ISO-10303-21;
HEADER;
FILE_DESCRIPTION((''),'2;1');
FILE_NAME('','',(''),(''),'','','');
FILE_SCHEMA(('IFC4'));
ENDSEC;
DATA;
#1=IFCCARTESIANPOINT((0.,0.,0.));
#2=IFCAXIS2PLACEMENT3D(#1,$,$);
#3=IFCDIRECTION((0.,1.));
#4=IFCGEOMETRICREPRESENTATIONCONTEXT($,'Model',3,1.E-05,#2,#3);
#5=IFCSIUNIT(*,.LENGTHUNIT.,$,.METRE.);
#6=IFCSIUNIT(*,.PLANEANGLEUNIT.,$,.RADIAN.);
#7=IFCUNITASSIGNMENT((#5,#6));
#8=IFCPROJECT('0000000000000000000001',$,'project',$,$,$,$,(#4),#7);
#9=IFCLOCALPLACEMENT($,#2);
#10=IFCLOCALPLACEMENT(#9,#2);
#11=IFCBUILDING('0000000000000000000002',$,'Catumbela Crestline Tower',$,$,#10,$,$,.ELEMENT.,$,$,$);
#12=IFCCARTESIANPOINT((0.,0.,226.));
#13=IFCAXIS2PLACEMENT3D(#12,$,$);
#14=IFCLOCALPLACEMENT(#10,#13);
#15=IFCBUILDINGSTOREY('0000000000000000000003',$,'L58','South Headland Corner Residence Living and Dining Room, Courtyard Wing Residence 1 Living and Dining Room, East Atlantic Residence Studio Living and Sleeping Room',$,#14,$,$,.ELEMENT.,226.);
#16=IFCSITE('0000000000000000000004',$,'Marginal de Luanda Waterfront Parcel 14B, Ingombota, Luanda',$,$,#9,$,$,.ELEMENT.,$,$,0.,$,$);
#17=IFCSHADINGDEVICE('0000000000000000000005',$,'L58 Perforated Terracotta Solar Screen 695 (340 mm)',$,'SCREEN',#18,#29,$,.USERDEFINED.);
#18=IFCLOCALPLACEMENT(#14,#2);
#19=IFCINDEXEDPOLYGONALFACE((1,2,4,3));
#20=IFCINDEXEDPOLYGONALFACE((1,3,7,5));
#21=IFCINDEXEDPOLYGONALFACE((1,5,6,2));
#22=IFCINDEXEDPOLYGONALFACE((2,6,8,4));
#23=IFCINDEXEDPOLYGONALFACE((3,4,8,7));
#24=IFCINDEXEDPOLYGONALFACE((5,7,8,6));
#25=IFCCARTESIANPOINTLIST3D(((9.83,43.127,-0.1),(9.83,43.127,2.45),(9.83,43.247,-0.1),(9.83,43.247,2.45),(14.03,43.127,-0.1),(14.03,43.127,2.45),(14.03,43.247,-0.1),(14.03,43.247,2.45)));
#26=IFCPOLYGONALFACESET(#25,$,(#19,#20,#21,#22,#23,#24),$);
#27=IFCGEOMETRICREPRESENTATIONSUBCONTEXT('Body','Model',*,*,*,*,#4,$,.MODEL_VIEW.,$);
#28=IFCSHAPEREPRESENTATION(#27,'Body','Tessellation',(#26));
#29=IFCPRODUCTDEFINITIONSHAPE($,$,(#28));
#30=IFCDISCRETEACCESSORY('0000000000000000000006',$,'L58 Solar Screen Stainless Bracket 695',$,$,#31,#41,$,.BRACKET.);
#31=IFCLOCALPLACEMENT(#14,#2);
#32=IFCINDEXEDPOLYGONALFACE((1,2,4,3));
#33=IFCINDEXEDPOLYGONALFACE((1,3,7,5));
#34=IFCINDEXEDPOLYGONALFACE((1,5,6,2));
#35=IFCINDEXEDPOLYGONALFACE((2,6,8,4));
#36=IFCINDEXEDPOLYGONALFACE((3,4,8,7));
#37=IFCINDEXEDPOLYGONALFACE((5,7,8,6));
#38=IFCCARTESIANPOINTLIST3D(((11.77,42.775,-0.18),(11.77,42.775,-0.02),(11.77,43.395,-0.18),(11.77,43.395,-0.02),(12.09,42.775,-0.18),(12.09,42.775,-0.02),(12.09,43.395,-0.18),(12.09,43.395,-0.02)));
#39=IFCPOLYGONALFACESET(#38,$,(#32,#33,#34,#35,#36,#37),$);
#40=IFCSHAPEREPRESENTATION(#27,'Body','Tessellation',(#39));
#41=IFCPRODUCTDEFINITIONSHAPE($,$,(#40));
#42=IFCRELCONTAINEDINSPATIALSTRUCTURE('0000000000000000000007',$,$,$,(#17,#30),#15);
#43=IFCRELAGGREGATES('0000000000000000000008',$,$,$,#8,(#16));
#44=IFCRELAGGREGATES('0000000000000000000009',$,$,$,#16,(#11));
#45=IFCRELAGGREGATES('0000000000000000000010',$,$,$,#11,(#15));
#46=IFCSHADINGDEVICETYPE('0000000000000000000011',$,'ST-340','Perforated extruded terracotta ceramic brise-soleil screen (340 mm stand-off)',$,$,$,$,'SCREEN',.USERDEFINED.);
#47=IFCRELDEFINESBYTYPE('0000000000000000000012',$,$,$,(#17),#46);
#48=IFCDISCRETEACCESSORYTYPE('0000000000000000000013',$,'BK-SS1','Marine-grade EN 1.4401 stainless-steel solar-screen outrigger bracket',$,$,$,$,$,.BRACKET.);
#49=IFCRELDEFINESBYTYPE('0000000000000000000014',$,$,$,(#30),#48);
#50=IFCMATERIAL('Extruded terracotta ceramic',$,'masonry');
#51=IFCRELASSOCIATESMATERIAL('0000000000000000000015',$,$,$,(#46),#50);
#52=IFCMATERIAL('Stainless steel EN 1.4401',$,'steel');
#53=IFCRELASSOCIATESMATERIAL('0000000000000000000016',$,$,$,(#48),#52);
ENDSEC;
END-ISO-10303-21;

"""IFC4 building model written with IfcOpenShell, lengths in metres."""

from ifc_helpers import new_model, si_unit, direction, frame, origin, origin_2d, place, context, subcontext, project, spatial, rectangle, extrude, material, type_object, element, save


model = new_model("IFC4")

# Units and contexts
model_context = context("Model", 3, precision=1e-05, world=origin(), true_north=direction((0.0, 1.0)))
body_context = subcontext(model_context, "Body", "Model", "MODEL_VIEW")
ifc_project = project(units=[si_unit("LENGTHUNIT", "METRE"), si_unit("PLANEANGLEUNIT", "RADIAN")], contexts=[model_context])

# Site, building, storey
site_placement = place(None, origin())
site = spatial("IfcSite", under=ifc_project, at=site_placement, Name="Marginal de Luanda Waterfront Parcel 14B, Ingombota, Luanda", CompositionType="ELEMENT", RefElevation=0.0)
building_placement = place(site_placement, origin())
building = spatial("IfcBuilding", under=site, at=building_placement, Name="Catumbela Crestline Tower", CompositionType="ELEMENT")
storey_placement = place(building_placement, frame((0.0, 0.0, 226.0)))
storey = spatial("IfcBuildingStorey", under=building, at=storey_placement, Name="L58", Description="South Headland Corner Residence Living and Dining Room, Courtyard Wing Residence 1 Living and Dining Room, East Atlantic Residence Studio Living and Sleeping Room", CompositionType="ELEMENT", Elevation=226.0)

# Shared definitions
ifc_material_1 = material(Name="Stainless steel EN 1.4401", Category="steel")

# Shading device
ifc_material_2 = material(Name="Extruded terracotta ceramic", Category="masonry")
shading_device_type = type_object("IfcShadingDeviceType", Name="ST-340", Description="Perforated extruded terracotta ceramic brise-soleil screen (340 mm stand-off)", ElementType="SCREEN", PredefinedType="USERDEFINED", material=ifc_material_2)
shading_device_placement = place(storey_placement, frame((11.93, 43.187, -0.1), z_axis=(0.0, 0.0, 1.0), x_axis=(-1.0, 0.0, 0.0)))
element("IfcShadingDevice", 1, at=shading_device_placement, inside=storey, type_object=shading_device_type, Name="L58 Perforated Terracotta Solar Screen 695 (340 mm)", ObjectType="SCREEN", PredefinedType="USERDEFINED", context=body_context, shape_type="SweptSolid", body=[
    extrude(rectangle(XDim=4.2, YDim=0.12, at=origin_2d()), origin(), (0.0, 0.0, 1.0), 2.55),
])

# Discrete accessory
discrete_accessory_type = type_object("IfcDiscreteAccessoryType", Name="BK-SS1", Description="Marine-grade EN 1.4401 stainless-steel solar-screen outrigger bracket", PredefinedType="BRACKET", material=ifc_material_1)
discrete_accessory_placement = place(storey_placement, frame((11.93, 43.085, -0.18), z_axis=(0.0, 0.0, 1.0), x_axis=(-1.0, 0.0, 0.0)))
element("IfcDiscreteAccessory", 2, at=discrete_accessory_placement, inside=storey, type_object=discrete_accessory_type, Name="L58 Solar Screen Stainless Bracket 695", PredefinedType="BRACKET", context=body_context, shape_type="SweptSolid", body=[
    extrude(rectangle(XDim=0.32, YDim=0.62, at=origin_2d()), origin(), (0.0, 0.0, 1.0), 0.16),
])

save(model, "model.ifc")
